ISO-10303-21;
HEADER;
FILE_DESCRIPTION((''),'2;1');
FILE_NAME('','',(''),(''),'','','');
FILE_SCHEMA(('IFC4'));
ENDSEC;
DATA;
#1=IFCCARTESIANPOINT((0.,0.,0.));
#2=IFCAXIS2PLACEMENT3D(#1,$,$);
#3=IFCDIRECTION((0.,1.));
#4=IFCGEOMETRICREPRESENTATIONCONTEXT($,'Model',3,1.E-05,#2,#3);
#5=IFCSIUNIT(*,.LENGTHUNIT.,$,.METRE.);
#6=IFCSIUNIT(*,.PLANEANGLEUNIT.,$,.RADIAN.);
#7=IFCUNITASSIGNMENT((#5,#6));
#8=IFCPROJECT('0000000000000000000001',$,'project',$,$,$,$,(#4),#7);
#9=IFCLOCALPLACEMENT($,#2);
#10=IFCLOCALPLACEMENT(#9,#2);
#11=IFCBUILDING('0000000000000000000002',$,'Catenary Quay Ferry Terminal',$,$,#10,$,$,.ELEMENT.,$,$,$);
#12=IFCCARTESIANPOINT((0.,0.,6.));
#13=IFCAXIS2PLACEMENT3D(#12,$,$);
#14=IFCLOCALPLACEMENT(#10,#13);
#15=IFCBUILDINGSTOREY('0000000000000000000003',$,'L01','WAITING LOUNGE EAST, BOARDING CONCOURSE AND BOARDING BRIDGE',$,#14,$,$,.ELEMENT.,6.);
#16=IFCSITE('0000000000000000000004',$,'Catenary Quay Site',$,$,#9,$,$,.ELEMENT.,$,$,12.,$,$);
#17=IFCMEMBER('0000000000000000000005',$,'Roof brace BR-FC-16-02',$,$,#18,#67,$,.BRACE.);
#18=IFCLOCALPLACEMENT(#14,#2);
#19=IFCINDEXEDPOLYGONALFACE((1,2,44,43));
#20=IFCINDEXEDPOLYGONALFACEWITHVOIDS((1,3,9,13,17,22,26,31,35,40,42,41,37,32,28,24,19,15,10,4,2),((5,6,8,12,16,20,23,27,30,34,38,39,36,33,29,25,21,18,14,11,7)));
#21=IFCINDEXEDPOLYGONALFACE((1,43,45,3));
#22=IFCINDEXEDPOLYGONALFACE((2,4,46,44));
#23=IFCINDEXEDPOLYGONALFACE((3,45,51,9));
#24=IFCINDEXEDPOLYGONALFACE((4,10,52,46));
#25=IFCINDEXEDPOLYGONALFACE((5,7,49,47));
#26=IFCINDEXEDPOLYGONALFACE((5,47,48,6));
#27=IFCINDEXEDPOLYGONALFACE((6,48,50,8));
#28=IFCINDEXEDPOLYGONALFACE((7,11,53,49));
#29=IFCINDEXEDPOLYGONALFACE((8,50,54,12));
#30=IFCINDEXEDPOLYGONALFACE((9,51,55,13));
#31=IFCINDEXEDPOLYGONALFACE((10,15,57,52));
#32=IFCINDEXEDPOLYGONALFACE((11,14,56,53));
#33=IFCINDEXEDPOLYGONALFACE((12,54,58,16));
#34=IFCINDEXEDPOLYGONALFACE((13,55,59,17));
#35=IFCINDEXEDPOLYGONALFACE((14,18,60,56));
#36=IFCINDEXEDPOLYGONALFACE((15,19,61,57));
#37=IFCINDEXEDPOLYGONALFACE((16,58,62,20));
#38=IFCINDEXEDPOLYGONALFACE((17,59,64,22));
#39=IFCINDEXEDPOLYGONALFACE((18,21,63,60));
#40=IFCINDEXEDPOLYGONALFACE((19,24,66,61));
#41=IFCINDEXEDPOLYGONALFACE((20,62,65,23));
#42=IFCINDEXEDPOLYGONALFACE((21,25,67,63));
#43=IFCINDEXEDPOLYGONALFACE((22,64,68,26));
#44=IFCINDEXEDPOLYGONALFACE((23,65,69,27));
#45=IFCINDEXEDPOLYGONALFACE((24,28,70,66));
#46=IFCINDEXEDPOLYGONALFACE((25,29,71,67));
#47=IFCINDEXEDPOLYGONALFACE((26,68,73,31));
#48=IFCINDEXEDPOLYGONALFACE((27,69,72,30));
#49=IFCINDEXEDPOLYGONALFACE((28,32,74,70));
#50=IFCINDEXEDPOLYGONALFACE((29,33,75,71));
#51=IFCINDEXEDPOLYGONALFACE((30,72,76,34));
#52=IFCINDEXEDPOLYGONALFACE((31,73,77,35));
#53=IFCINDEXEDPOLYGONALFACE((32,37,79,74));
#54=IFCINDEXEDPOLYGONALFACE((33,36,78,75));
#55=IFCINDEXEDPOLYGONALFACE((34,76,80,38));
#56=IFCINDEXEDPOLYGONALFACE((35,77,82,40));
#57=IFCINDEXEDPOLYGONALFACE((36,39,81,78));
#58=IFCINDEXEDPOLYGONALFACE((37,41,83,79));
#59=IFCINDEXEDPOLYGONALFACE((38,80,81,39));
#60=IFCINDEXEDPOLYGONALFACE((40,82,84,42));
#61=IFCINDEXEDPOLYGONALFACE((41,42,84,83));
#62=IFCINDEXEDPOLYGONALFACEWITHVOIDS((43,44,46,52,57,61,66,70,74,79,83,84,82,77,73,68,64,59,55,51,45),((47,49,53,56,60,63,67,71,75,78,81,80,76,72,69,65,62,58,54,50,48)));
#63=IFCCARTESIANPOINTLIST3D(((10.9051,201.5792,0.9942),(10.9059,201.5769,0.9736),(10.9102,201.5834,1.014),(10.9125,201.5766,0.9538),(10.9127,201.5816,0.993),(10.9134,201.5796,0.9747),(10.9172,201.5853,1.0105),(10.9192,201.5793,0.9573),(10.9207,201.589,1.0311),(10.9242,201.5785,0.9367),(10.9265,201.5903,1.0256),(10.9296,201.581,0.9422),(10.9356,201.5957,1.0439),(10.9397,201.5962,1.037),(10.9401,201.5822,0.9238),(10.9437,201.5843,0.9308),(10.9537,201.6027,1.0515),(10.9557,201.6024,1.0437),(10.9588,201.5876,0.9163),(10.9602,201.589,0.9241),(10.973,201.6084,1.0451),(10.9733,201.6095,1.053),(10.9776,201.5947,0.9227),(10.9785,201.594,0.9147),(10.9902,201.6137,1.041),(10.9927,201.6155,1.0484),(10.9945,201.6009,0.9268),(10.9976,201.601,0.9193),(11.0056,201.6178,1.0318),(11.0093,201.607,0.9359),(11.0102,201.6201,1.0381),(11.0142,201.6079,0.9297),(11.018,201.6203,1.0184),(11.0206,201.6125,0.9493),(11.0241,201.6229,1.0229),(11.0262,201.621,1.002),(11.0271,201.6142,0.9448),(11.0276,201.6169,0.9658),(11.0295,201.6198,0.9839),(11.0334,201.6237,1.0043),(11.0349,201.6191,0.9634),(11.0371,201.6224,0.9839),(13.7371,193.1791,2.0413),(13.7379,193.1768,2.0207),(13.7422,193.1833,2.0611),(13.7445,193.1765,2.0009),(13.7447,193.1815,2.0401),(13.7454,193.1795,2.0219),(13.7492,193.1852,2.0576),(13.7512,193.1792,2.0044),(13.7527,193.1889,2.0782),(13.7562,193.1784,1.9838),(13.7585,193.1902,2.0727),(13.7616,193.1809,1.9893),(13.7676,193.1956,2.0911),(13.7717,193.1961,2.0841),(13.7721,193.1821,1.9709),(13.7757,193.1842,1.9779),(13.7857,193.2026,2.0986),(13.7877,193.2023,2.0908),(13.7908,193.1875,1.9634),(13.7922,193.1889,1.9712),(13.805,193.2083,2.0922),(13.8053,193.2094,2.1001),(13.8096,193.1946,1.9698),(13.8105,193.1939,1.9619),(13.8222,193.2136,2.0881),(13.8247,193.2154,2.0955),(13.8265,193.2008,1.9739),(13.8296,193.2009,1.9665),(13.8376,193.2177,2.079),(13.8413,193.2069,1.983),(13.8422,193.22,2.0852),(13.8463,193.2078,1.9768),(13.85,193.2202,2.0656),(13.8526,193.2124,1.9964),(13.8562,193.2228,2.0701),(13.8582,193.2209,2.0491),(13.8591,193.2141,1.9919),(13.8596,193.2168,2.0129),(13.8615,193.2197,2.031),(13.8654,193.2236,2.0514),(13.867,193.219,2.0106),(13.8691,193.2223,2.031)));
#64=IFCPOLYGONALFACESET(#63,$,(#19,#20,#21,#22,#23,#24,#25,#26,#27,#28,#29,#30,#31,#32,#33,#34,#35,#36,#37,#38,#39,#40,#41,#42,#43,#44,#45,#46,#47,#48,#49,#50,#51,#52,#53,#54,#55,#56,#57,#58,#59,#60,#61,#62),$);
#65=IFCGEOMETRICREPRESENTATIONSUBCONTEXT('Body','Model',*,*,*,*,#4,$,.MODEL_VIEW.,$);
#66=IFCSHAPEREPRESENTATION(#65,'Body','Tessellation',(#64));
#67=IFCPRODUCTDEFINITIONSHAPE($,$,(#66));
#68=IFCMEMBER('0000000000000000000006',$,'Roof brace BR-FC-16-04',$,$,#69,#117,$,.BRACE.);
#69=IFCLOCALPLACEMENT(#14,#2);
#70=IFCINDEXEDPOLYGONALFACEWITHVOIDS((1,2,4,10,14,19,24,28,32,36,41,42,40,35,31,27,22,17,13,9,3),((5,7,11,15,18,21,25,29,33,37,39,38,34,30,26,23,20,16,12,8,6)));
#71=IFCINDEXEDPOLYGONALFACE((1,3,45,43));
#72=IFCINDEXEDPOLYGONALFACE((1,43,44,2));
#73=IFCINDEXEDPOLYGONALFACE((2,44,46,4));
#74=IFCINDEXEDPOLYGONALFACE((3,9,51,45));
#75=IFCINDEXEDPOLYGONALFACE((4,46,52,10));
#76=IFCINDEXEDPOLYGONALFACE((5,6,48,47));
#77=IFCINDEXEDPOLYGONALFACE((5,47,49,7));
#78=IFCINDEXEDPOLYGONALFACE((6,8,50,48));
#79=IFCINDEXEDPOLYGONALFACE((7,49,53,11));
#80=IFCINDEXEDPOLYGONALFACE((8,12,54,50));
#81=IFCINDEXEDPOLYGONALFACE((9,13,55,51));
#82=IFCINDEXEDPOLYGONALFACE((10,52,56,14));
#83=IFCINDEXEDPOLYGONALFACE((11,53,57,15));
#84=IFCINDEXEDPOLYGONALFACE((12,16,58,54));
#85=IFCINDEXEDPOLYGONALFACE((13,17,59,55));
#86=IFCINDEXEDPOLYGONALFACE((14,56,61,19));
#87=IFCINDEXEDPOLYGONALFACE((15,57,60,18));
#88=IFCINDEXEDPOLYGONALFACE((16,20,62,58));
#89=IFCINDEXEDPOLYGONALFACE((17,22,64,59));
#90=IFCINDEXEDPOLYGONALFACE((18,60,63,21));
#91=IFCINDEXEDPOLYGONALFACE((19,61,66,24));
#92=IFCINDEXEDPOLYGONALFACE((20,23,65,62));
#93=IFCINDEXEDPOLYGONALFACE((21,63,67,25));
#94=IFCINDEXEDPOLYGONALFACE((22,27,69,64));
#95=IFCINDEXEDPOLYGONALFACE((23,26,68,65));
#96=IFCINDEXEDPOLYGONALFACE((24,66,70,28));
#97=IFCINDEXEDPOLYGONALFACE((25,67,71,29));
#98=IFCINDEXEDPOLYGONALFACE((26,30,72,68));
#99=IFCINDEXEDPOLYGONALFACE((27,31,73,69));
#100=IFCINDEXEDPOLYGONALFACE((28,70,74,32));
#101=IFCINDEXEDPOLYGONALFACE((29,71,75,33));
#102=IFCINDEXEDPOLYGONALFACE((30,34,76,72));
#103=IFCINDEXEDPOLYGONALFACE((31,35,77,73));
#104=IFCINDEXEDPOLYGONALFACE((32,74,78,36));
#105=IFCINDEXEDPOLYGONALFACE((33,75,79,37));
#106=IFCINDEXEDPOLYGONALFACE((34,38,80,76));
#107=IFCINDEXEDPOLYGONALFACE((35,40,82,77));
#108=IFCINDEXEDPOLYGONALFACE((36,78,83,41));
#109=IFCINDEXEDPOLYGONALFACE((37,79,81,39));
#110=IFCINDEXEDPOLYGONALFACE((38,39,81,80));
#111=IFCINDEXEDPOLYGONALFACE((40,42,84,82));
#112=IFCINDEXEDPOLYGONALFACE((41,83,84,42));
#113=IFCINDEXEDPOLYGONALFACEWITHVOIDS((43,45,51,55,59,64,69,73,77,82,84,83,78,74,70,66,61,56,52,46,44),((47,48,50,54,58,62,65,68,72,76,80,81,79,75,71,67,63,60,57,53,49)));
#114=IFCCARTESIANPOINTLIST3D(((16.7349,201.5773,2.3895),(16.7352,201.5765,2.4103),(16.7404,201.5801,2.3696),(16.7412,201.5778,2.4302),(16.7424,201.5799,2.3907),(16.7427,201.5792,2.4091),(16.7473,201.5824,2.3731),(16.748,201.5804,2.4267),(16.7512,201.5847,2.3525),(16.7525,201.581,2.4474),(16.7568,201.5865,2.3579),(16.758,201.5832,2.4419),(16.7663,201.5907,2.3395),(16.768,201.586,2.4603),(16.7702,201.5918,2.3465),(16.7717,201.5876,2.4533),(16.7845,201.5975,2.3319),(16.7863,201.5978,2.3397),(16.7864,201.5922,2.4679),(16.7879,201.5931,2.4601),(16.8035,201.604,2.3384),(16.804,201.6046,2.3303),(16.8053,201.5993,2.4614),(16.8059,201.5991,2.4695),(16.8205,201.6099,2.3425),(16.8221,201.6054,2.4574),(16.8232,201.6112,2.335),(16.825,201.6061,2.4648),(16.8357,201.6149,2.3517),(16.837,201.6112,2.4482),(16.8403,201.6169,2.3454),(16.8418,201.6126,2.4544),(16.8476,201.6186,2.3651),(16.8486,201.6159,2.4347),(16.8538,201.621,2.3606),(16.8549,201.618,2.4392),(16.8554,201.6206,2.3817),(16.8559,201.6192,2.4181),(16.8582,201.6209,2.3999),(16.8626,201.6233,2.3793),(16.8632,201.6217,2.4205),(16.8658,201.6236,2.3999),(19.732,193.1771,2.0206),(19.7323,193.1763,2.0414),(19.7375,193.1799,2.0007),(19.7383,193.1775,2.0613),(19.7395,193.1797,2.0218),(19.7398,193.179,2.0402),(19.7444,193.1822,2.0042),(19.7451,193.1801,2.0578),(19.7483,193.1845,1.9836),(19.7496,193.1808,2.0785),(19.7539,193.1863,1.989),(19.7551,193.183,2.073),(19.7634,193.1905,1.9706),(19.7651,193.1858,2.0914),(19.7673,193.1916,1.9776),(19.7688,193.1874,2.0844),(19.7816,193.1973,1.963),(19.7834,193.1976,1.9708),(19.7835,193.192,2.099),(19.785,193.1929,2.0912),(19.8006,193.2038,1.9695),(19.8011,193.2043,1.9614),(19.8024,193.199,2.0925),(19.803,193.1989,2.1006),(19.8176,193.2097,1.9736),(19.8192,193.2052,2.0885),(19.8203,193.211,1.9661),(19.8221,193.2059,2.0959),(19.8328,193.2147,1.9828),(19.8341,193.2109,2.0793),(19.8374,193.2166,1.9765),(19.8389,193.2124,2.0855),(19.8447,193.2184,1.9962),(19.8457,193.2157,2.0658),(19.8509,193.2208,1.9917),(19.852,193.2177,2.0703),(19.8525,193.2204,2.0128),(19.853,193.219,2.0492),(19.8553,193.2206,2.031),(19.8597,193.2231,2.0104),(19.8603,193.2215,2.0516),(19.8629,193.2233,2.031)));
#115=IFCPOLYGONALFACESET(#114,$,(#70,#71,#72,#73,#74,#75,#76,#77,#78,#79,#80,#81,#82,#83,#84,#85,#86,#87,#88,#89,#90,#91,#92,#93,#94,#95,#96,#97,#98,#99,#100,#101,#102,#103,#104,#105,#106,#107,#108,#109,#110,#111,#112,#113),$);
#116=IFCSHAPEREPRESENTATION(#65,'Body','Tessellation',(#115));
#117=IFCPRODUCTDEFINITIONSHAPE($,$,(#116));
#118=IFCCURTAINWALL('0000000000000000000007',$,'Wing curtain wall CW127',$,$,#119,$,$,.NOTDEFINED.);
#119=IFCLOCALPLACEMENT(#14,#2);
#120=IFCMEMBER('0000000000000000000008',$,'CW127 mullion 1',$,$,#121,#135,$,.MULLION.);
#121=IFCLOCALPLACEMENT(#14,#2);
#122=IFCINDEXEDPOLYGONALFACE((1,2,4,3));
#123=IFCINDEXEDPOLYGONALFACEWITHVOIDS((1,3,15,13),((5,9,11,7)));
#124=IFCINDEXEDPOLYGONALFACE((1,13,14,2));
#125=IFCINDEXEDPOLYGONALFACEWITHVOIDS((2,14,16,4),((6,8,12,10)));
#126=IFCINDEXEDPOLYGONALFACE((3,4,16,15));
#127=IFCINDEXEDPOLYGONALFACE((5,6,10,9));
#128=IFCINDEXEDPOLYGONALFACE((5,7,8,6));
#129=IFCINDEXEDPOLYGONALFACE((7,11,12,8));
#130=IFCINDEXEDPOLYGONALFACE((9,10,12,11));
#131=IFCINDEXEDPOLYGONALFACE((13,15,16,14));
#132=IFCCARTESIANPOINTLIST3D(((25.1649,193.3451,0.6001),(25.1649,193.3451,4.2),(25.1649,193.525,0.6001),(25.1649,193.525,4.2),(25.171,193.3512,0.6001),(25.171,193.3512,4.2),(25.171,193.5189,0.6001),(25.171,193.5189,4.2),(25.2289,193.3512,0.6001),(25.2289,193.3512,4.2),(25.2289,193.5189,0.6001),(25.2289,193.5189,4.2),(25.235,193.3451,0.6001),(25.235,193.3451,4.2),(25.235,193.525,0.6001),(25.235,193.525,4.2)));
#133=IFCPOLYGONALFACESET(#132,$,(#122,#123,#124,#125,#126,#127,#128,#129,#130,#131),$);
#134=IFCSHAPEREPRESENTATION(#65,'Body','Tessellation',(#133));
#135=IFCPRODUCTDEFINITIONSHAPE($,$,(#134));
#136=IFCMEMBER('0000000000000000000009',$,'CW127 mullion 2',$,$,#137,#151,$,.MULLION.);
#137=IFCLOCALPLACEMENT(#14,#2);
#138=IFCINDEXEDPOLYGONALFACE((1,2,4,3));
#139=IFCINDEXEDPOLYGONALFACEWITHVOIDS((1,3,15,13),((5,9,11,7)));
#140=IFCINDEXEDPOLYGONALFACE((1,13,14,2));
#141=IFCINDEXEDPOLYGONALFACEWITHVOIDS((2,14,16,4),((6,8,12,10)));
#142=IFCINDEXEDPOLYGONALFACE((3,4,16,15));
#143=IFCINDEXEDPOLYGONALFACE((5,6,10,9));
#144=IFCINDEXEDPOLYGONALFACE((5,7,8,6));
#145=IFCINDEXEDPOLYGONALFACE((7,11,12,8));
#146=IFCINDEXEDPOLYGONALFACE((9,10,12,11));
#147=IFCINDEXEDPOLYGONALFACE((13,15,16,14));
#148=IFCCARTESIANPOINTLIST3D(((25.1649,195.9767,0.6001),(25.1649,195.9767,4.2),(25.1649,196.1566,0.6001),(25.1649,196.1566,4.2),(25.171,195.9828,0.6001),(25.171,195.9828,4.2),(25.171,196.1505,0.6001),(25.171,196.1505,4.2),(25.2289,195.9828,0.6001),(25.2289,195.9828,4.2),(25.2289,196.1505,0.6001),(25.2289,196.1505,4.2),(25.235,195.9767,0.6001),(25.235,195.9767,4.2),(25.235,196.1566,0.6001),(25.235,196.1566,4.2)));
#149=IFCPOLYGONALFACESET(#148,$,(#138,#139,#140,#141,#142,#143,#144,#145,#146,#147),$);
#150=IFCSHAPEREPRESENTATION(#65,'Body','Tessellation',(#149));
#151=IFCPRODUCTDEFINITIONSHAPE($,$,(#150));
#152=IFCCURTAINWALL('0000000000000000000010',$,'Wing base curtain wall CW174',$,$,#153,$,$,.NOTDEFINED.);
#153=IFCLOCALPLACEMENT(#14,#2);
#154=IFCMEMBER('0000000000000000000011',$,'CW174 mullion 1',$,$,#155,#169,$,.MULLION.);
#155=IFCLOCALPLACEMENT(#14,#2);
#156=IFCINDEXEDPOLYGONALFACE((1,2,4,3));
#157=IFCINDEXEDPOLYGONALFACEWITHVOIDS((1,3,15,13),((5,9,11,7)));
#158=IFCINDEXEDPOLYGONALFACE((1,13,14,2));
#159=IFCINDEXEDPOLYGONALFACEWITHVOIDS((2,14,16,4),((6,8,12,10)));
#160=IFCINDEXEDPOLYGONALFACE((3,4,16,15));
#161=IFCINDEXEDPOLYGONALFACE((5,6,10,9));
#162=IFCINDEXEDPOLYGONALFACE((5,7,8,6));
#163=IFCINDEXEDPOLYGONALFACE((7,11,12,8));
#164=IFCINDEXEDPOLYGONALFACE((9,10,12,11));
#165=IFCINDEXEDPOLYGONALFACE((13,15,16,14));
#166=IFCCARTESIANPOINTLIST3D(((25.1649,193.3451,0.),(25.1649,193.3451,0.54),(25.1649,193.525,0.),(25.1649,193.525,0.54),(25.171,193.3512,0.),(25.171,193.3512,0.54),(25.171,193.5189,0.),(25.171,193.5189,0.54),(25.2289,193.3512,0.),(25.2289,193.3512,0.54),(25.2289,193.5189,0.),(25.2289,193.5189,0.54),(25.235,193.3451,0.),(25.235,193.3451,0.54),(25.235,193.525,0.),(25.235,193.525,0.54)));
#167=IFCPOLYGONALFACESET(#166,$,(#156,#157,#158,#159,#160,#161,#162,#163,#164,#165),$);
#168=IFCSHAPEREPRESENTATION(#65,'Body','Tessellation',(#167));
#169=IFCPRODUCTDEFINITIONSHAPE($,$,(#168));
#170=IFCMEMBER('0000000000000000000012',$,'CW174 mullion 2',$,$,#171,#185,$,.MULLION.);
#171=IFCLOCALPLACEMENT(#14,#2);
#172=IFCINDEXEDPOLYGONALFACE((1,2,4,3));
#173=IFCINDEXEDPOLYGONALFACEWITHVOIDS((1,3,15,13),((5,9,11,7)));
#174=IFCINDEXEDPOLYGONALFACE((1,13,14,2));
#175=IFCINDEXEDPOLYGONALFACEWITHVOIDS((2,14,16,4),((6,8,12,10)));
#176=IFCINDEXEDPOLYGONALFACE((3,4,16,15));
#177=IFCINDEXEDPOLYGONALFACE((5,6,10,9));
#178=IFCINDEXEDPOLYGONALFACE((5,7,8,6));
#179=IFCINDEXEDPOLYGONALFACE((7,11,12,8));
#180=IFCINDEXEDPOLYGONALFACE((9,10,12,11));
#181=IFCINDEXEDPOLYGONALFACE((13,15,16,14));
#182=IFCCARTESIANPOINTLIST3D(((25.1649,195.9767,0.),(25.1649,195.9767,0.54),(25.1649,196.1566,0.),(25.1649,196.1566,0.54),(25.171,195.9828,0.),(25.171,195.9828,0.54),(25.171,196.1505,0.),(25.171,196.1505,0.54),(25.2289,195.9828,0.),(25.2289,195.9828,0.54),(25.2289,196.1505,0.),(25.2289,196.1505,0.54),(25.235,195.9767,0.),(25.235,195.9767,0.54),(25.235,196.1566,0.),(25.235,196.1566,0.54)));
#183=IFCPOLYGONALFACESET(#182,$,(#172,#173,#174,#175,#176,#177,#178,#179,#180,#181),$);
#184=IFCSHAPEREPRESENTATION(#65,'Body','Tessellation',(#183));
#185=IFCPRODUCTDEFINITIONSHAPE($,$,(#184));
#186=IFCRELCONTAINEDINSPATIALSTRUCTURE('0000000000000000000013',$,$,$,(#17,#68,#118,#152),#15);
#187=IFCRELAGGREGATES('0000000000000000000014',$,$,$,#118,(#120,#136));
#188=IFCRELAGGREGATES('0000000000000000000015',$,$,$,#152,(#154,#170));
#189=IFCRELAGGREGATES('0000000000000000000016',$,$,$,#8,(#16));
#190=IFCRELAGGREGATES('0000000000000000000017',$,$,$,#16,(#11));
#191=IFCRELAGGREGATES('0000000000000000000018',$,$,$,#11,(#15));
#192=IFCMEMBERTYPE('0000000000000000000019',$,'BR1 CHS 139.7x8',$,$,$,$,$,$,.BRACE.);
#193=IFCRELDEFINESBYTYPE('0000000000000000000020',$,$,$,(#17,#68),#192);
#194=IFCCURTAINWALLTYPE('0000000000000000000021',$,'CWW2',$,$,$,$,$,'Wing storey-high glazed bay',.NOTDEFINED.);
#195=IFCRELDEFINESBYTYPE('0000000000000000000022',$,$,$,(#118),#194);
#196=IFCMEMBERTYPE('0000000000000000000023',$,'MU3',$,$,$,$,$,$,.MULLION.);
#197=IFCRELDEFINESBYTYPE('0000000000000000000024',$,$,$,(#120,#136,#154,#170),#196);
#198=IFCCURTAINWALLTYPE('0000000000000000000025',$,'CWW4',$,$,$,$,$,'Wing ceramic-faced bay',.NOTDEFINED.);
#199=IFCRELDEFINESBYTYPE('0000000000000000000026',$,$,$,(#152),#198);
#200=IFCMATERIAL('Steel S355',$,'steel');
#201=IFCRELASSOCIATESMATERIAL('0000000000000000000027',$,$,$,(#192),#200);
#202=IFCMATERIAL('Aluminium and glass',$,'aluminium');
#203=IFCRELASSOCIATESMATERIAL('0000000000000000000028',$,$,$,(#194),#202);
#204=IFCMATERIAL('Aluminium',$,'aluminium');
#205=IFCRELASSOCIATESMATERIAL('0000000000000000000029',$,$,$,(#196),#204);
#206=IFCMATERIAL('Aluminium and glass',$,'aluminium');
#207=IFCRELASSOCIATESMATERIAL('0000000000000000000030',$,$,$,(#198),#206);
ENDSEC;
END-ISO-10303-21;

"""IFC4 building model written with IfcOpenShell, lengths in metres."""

from ifc_helpers import new_model, si_unit, direction, frame, origin, origin_2d, place, context, subcontext, project, spatial, hollow_rectangle, hollow_circle, extrude, material, material_profile, profile_set, type_object, element, aggregate, save


model = new_model("IFC4")

# Units and contexts
model_context = context("Model", 3, precision=1e-05, world=origin(), true_north=direction((0.0, 1.0)))
body_context = subcontext(model_context, "Body", "Model", "MODEL_VIEW")
ifc_project = project(units=[si_unit("LENGTHUNIT", "METRE"), si_unit("PLANEANGLEUNIT", "RADIAN")], contexts=[model_context])

# Site, building, storey
site_placement = place(None, origin())
site = spatial("IfcSite", under=ifc_project, at=site_placement, Name="Catenary Quay Site", CompositionType="ELEMENT", RefElevation=12.0)
building_placement = place(site_placement, origin())
building = spatial("IfcBuilding", under=site, at=building_placement, Name="Catenary Quay Ferry Terminal", CompositionType="ELEMENT")
storey_placement = place(building_placement, frame((0.0, 0.0, 6.0)))
storey = spatial("IfcBuildingStorey", under=building, at=storey_placement, Name="L01", Description="WAITING LOUNGE EAST, BOARDING CONCOURSE AND BOARDING BRIDGE", CompositionType="ELEMENT", Elevation=6.0)

# Members
ifc_material_1 = material(Name="Steel S355", Category="steel")
ifc_material_profile_1 = material_profile(ifc_material_1, hollow_circle(Radius=0.0698, WallThickness=0.0081, at=origin_2d()), Name="CHS 139.7x8")
ifc_profile_set_1 = profile_set([ifc_material_profile_1], Name="Steel S355")
member_type_1 = type_object("IfcMemberType", Name="BR1 CHS 139.7x8", PredefinedType="BRACE", material=ifc_profile_set_1)
member_1_placement = place(storey_placement, frame((10.9709, 201.6001, 0.9839), z_axis=(0.317267, -0.941053, 0.117307), x_axis=(0.947595, 0.319473, 0.0)))
element("IfcMember", 1, at=member_1_placement, inside=storey, type_object=member_type_1, Name="Roof brace BR-FC-16-02", PredefinedType="BRACE", context=body_context, shape_type="SweptSolid", body=[
    extrude(hollow_circle(Radius=0.0698, WallThickness=0.0081, at=origin_2d()), origin(), (0.0, 0.0, 1.0), 8.9263),
])
member_2_placement = place(storey_placement, frame((16.8, 201.6001, 2.3999), z_axis=(0.335753, -0.941043, -0.041326), x_axis=(0.941848, 0.33604, 0.0)))
element("IfcMember", 2, at=member_2_placement, inside=storey, type_object=member_type_1, Name="Roof brace BR-FC-16-04", PredefinedType="BRACE", context=body_context, shape_type="SweptSolid", body=[
    extrude(hollow_circle(Radius=0.0698, WallThickness=0.0081, at=origin_2d()), origin(), (0.0, 0.0, 1.0), 8.9265),
])

# Curtain walls, members
ifc_material_2 = material(Name="Aluminium and glass", Category="aluminium")
curtain_wall_type_1 = type_object("IfcCurtainWallType", Name="CWW2", ElementType="Wing storey-high glazed bay", PredefinedType="NOTDEFINED", material=ifc_material_2)
curtain_wall_1_placement = place(storey_placement, origin())
curtain_wall_1 = element("IfcCurtainWall", 3, at=curtain_wall_1_placement, inside=storey, type_object=curtain_wall_type_1, Name="Wing curtain wall CW127", PredefinedType="NOTDEFINED")
ifc_material_3 = material(Name="Aluminium", Category="aluminium")
ifc_material_profile_2 = material_profile(ifc_material_3, hollow_rectangle(XDim=0.0701, YDim=0.1799, WallThickness=0.0061, at=origin_2d()), Name="MU3")
ifc_profile_set_2 = profile_set([ifc_material_profile_2], Name="Aluminium")
member_type_2 = type_object("IfcMemberType", Name="MU3", PredefinedType="MULLION", material=ifc_profile_set_2)
member_3_placement = place(storey_placement, frame((25.2, 193.4351, 0.6001), z_axis=(0.0, 0.0, 1.0), x_axis=(-1.0, 0.0, 0.0)))
member_3 = element("IfcMember", 4, at=member_3_placement, type_object=member_type_2, Name="CW127 mullion 1", PredefinedType="MULLION", context=body_context, shape_type="SweptSolid", body=[
    extrude(hollow_rectangle(XDim=0.0701, YDim=0.1799, WallThickness=0.0061, at=origin_2d()), origin(), (0.0, 0.0, 1.0), 3.5999),
])
member_4_placement = place(storey_placement, frame((25.2, 196.0667, 0.6001), z_axis=(0.0, 0.0, 1.0), x_axis=(-1.0, 0.0, 0.0)))
member_4 = element("IfcMember", 5, at=member_4_placement, type_object=member_type_2, Name="CW127 mullion 2", PredefinedType="MULLION", context=body_context, shape_type="SweptSolid", body=[
    extrude(hollow_rectangle(XDim=0.0701, YDim=0.1799, WallThickness=0.0061, at=origin_2d()), origin(), (0.0, 0.0, 1.0), 3.5999),
])
ifc_material_4 = material(Name="Aluminium and glass", Category="aluminium")
curtain_wall_type_2 = type_object("IfcCurtainWallType", Name="CWW4", ElementType="Wing ceramic-faced bay", PredefinedType="NOTDEFINED", material=ifc_material_4)
curtain_wall_2_placement = place(storey_placement, origin())
curtain_wall_2 = element("IfcCurtainWall", 6, at=curtain_wall_2_placement, inside=storey, type_object=curtain_wall_type_2, Name="Wing base curtain wall CW174", PredefinedType="NOTDEFINED")
member_5_placement = place(storey_placement, frame((25.2, 193.4351, 0.0), z_axis=(0.0, 0.0, 1.0), x_axis=(-1.0, 0.0, 0.0)))
member_5 = element("IfcMember", 7, at=member_5_placement, type_object=member_type_2, Name="CW174 mullion 1", PredefinedType="MULLION", context=body_context, shape_type="SweptSolid", body=[
    extrude(hollow_rectangle(XDim=0.0701, YDim=0.1799, WallThickness=0.0061, at=origin_2d()), origin(), (0.0, 0.0, 1.0), 0.54),
])
member_6_placement = place(storey_placement, frame((25.2, 196.0667, 0.0), z_axis=(0.0, 0.0, 1.0), x_axis=(-1.0, 0.0, 0.0)))
member_6 = element("IfcMember", 8, at=member_6_placement, type_object=member_type_2, Name="CW174 mullion 2", PredefinedType="MULLION", context=body_context, shape_type="SweptSolid", body=[
    extrude(hollow_rectangle(XDim=0.0701, YDim=0.1799, WallThickness=0.0061, at=origin_2d()), origin(), (0.0, 0.0, 1.0), 0.54),
])

aggregate(curtain_wall_1, [member_3, member_4])
aggregate(curtain_wall_2, [member_5, member_6])

save(model, "model.ifc")
